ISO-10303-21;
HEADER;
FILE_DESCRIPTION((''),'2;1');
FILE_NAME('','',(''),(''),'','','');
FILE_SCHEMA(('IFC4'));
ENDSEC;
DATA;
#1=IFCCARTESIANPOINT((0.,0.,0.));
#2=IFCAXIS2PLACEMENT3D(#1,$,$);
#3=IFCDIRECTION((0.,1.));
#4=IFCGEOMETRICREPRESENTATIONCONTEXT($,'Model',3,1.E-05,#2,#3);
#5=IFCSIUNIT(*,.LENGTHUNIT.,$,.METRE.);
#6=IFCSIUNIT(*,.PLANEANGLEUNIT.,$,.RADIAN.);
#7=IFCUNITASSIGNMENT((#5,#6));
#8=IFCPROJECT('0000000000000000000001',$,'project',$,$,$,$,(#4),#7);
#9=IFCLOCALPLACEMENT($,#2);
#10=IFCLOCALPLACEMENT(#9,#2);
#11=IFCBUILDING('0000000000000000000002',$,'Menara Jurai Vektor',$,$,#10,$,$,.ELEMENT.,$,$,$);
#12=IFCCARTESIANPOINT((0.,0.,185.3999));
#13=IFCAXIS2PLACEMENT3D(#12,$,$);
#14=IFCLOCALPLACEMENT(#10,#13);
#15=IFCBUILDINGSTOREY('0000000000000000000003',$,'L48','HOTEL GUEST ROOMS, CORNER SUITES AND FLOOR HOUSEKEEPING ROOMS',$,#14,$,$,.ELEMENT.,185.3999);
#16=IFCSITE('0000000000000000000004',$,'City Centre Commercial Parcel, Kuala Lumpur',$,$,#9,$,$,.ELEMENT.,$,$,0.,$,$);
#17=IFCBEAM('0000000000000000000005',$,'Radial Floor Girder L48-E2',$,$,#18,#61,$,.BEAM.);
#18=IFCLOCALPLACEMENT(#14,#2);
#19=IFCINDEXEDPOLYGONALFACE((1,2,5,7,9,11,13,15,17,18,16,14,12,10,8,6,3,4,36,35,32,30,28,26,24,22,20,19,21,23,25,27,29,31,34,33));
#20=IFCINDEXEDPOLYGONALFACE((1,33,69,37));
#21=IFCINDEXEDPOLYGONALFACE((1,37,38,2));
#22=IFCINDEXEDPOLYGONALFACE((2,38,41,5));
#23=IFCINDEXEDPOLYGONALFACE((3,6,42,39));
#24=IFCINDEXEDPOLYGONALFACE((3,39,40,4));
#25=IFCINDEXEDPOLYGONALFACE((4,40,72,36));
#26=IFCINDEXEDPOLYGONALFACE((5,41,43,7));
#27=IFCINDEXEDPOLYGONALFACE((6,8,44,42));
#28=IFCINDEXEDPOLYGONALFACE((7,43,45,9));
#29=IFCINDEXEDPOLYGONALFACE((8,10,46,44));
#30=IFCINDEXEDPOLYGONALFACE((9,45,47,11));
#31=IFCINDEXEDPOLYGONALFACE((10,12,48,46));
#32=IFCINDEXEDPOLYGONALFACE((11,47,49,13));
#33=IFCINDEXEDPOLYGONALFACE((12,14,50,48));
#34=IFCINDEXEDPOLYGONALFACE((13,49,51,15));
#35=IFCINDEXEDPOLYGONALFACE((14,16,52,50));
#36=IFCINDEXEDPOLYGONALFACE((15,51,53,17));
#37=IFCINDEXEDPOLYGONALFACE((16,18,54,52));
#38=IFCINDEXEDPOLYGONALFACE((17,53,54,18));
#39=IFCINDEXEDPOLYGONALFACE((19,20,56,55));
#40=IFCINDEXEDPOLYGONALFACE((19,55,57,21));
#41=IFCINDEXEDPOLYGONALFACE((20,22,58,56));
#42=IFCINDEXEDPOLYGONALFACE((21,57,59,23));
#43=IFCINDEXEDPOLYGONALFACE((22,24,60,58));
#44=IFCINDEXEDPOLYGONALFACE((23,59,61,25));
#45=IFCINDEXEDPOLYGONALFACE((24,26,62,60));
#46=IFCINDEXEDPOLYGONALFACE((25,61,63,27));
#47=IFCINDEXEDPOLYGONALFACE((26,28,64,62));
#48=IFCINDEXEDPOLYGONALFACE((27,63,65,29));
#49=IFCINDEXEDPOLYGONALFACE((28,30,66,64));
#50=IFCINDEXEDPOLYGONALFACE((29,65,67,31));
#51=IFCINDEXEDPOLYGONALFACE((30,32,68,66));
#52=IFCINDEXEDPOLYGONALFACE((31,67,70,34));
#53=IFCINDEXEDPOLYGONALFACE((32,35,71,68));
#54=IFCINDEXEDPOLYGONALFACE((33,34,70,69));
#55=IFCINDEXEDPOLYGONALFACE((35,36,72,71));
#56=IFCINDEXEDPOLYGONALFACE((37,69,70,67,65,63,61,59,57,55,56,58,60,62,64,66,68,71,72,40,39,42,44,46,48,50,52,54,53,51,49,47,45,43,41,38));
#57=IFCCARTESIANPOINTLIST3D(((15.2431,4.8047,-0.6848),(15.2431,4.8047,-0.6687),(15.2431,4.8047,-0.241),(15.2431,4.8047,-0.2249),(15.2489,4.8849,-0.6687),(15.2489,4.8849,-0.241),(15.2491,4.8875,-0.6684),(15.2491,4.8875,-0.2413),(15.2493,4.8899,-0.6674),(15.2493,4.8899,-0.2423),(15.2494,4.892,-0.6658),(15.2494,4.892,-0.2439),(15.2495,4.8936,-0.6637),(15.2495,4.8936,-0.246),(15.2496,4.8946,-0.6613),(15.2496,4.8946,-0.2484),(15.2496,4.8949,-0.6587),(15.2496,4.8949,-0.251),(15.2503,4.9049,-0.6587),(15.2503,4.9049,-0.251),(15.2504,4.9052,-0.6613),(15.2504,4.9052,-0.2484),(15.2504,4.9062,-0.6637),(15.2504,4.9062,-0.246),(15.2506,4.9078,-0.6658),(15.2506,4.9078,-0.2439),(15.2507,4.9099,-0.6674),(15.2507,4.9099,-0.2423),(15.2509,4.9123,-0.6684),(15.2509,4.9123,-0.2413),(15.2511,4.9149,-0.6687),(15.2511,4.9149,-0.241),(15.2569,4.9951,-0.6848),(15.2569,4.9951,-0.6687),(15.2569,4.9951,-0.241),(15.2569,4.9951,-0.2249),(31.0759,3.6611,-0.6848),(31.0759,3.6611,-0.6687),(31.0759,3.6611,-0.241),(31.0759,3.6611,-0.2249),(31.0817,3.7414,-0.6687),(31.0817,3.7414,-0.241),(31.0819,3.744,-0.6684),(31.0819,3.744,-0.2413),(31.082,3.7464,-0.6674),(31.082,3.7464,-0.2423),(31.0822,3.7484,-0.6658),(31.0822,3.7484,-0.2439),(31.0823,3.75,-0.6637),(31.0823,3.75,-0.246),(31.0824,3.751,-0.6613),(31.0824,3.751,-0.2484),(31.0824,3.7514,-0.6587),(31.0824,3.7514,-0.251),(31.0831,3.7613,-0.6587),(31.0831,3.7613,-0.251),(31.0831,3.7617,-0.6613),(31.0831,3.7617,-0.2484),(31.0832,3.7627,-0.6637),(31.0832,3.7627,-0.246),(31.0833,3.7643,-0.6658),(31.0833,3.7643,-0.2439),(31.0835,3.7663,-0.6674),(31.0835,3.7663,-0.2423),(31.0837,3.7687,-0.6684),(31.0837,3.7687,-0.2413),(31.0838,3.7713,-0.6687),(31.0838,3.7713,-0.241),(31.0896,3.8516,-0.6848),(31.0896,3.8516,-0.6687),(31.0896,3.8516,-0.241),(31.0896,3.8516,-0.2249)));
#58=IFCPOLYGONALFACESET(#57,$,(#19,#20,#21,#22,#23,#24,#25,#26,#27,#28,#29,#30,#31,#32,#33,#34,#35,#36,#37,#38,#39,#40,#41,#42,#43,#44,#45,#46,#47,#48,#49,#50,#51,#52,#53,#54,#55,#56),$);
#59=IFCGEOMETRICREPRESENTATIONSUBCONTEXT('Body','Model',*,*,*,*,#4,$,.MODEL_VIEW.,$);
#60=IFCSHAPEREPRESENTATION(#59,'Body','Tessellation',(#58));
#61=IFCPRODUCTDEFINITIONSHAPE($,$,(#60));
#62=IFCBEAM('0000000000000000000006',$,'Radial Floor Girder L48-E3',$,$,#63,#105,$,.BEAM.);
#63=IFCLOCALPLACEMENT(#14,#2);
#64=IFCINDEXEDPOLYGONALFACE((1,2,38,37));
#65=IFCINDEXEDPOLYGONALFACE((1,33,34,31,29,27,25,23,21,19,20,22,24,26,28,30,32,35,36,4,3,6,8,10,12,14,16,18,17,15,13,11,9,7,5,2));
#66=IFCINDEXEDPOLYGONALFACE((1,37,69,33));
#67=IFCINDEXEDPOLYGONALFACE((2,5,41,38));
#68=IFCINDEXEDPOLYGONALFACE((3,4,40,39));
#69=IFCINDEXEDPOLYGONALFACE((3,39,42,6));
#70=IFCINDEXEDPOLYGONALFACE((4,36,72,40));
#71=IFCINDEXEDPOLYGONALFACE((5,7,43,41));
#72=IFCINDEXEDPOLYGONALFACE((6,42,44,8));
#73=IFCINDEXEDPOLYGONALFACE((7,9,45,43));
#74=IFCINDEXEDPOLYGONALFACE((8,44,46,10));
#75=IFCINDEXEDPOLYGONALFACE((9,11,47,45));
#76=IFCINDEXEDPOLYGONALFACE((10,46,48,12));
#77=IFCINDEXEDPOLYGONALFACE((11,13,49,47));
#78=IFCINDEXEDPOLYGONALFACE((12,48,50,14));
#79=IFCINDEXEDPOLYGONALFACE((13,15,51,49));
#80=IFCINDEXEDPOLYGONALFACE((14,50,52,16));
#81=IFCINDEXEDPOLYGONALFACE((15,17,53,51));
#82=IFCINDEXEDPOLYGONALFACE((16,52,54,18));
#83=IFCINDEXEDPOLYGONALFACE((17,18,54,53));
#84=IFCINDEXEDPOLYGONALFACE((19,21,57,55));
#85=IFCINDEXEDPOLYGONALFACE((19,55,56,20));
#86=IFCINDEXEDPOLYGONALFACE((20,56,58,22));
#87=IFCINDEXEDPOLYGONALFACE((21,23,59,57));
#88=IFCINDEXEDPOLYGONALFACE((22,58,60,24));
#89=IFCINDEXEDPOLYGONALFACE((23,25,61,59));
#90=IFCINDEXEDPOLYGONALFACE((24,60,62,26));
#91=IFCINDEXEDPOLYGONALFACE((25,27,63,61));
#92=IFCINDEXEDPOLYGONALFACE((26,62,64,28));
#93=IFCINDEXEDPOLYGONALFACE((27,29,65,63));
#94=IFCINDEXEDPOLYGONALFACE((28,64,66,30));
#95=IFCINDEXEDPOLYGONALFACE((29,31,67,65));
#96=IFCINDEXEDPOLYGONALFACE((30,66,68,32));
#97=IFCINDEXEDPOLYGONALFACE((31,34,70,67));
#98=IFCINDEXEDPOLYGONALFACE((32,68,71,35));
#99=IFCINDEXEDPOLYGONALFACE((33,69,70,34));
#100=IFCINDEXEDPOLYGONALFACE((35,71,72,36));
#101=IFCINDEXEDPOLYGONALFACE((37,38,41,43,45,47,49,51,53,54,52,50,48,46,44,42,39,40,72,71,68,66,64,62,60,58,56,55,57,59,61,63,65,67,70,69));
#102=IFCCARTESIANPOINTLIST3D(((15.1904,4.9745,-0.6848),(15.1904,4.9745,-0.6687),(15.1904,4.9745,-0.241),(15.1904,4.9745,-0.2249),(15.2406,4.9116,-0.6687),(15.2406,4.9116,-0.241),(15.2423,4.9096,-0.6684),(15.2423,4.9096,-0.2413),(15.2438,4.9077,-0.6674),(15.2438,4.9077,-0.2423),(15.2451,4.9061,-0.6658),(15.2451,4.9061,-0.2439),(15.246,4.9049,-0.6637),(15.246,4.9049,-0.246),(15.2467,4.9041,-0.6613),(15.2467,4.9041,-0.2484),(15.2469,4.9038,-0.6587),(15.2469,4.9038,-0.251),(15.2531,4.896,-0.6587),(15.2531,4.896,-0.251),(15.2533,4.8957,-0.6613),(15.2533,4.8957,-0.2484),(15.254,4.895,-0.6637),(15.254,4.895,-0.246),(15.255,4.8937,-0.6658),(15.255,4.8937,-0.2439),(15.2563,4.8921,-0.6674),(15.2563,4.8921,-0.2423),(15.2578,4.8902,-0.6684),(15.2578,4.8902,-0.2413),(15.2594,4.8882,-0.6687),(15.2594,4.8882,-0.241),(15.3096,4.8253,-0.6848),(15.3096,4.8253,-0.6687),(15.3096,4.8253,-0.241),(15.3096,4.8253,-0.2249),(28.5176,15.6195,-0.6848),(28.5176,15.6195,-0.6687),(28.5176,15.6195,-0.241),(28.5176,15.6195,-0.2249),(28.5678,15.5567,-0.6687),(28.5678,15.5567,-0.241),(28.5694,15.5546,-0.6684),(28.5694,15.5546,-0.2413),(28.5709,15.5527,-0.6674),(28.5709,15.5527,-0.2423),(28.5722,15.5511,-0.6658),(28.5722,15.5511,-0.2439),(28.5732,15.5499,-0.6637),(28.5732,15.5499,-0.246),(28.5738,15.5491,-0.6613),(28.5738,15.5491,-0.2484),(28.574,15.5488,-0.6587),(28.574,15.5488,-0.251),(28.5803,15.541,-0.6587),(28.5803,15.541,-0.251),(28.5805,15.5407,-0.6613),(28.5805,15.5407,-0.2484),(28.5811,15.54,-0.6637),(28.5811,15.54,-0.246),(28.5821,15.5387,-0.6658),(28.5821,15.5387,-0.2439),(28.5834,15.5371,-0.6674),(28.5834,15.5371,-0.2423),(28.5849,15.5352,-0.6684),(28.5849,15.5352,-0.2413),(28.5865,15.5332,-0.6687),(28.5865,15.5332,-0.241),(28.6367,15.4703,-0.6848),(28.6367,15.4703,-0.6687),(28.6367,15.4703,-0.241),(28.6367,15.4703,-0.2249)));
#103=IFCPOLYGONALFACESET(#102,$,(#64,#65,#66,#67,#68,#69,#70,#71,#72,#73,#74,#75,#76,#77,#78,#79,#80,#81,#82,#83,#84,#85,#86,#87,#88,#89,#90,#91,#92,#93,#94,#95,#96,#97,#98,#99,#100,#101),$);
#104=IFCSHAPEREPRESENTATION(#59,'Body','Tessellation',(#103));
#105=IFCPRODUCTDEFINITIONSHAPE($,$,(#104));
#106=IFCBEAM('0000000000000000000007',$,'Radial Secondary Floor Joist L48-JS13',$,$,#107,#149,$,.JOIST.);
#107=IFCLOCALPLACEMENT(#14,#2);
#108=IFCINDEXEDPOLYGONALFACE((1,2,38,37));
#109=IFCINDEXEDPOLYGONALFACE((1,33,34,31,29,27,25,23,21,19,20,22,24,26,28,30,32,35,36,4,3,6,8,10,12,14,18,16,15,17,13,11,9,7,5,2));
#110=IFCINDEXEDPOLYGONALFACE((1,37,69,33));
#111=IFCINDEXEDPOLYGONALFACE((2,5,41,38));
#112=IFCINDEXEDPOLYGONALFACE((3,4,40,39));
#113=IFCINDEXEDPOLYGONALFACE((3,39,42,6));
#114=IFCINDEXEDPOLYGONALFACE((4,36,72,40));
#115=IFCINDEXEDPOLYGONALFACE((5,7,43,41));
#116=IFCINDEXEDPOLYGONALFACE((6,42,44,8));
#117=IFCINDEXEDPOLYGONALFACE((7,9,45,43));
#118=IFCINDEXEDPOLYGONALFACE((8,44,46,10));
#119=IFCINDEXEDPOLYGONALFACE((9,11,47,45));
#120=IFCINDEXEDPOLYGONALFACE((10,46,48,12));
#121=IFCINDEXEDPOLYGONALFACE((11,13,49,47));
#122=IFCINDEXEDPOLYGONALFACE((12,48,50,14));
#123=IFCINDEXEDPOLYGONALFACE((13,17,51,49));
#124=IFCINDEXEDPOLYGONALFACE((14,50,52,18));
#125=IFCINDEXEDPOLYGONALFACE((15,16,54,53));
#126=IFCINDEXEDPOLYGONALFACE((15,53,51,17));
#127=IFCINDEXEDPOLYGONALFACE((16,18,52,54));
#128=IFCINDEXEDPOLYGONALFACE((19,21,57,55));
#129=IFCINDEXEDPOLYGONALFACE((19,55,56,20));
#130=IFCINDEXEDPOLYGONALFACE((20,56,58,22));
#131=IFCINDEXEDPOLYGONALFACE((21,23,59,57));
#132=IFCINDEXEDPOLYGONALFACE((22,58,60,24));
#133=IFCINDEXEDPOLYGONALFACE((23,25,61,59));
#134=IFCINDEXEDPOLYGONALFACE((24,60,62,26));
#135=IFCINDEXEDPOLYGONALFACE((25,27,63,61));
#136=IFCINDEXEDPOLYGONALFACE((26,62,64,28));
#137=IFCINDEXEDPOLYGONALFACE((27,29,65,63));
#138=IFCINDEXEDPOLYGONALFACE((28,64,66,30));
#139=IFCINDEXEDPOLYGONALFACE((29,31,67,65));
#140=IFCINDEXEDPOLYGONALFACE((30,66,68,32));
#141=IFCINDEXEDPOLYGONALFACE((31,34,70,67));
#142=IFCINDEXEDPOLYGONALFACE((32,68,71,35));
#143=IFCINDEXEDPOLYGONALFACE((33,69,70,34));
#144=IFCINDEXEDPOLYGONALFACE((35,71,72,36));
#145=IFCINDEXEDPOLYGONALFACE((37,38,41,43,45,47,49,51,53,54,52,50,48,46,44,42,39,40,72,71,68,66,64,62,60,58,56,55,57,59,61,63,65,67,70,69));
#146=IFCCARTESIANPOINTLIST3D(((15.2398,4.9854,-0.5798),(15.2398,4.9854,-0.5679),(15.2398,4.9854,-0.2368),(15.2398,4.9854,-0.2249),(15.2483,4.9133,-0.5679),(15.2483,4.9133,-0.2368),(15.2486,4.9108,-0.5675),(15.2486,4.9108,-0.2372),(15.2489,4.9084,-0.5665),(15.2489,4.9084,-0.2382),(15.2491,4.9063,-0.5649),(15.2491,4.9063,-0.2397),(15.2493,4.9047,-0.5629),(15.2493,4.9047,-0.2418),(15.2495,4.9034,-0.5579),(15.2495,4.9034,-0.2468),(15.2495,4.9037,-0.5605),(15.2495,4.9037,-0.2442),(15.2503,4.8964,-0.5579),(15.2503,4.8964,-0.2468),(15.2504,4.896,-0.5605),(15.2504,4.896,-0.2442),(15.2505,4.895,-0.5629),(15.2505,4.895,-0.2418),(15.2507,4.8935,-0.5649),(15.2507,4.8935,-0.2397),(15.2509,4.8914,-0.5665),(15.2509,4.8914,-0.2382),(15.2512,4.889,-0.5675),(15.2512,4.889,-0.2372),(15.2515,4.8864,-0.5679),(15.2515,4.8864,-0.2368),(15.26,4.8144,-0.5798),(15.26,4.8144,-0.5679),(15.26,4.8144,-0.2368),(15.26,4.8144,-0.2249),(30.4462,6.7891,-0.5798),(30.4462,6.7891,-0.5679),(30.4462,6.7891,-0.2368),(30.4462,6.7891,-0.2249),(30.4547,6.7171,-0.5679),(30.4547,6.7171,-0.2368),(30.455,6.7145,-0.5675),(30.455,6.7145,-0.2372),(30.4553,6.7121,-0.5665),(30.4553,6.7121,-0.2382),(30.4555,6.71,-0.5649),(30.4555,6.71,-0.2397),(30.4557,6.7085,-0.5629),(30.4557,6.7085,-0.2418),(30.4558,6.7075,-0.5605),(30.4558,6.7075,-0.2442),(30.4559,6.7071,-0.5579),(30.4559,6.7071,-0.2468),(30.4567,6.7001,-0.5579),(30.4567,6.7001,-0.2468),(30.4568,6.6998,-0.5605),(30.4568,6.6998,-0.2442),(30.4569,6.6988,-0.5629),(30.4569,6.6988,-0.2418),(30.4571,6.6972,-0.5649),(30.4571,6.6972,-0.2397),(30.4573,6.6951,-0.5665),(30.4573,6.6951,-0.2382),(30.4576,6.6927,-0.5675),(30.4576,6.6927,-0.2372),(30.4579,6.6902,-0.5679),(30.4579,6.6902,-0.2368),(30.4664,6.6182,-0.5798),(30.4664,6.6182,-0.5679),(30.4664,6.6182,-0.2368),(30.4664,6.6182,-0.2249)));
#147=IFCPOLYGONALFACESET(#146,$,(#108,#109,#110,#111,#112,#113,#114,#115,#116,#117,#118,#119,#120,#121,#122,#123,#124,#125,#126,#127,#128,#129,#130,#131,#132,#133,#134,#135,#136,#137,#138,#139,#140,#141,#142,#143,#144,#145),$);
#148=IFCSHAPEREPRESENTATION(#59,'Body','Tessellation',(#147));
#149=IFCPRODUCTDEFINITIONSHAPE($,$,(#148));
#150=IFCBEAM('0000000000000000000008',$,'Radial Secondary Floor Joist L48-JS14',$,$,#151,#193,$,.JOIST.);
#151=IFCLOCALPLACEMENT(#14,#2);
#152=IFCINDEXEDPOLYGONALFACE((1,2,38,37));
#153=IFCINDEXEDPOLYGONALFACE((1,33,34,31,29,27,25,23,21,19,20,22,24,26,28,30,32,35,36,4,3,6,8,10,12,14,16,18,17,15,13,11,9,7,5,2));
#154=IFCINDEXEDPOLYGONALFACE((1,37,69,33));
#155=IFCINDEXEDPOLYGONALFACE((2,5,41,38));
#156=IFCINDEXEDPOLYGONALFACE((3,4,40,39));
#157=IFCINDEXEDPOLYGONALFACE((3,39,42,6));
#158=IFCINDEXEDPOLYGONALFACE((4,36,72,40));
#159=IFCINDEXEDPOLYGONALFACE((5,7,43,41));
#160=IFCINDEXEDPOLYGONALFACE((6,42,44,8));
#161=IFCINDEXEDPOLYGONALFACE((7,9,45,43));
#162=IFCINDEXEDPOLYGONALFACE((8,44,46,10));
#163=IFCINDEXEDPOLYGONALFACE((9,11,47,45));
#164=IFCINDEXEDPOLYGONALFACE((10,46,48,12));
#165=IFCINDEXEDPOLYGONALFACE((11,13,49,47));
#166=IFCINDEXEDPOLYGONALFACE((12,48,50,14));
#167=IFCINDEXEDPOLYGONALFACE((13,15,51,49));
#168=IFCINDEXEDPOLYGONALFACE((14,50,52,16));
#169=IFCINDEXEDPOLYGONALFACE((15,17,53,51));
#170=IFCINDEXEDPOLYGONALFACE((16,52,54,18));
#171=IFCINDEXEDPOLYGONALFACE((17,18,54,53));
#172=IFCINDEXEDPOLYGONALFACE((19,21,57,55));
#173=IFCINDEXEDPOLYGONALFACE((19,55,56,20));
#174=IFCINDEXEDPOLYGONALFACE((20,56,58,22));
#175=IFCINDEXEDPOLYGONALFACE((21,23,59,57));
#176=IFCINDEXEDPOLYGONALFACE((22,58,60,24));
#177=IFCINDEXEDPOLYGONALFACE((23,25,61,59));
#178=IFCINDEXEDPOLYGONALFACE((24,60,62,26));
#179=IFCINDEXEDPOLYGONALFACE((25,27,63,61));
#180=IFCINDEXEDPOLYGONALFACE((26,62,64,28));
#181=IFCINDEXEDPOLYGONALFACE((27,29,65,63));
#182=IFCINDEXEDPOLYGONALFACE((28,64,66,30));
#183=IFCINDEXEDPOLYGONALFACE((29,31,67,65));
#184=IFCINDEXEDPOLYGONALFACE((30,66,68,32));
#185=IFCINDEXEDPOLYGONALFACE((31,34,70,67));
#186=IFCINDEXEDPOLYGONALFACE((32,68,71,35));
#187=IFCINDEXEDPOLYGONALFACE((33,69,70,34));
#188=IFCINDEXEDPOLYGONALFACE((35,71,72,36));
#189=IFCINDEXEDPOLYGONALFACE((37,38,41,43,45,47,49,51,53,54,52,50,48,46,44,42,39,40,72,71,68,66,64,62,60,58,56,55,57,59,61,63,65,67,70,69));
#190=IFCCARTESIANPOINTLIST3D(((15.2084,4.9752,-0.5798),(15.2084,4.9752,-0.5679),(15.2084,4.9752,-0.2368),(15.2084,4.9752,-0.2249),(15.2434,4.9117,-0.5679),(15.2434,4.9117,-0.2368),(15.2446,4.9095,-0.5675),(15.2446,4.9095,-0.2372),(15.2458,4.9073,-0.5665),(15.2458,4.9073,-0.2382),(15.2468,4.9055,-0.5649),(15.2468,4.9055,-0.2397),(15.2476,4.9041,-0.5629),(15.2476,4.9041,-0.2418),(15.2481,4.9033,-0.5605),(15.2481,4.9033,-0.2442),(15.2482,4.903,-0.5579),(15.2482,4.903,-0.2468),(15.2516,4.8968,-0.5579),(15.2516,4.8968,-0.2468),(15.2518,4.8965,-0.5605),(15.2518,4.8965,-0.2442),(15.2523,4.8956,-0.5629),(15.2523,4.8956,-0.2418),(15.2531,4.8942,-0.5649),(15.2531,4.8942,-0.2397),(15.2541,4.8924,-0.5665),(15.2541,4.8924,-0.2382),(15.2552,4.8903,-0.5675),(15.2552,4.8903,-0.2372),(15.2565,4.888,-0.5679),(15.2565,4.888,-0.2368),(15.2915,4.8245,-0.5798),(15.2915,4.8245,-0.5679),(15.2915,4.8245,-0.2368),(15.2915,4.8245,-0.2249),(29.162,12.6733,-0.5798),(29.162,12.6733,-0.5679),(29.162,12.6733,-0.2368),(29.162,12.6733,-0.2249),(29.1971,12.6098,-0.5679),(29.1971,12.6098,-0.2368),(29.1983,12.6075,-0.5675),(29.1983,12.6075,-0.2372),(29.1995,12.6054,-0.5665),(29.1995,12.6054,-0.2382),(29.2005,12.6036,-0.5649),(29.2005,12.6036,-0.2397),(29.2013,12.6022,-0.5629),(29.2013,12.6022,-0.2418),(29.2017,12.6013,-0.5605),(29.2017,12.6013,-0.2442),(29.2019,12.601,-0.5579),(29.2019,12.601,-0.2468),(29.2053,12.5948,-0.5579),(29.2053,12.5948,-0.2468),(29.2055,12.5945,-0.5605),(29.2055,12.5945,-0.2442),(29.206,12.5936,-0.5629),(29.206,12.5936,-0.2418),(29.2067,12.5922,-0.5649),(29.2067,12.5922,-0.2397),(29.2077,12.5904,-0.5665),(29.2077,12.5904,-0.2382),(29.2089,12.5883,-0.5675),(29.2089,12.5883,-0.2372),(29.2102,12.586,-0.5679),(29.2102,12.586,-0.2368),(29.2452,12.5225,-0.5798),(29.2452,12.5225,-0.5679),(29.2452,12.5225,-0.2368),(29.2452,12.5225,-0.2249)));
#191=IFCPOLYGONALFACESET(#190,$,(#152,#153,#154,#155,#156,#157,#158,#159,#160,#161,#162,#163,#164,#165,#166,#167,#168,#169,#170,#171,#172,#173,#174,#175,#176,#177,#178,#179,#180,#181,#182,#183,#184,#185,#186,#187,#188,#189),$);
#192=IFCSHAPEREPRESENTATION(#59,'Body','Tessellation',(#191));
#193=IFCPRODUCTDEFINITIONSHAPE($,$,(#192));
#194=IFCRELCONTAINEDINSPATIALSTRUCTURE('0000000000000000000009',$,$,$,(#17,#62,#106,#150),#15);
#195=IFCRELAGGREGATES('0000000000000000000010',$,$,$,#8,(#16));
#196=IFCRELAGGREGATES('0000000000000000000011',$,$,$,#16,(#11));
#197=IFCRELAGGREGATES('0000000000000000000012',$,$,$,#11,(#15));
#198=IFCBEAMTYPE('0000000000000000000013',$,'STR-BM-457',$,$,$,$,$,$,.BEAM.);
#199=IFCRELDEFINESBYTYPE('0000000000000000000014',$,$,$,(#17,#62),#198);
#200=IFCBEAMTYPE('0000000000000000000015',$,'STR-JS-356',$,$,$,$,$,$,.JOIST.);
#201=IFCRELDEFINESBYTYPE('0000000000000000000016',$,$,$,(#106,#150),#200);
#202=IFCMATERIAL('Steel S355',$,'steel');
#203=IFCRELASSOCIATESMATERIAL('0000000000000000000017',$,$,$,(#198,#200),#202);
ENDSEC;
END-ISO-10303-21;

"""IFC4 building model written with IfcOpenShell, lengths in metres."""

from ifc_helpers import new_model, si_unit, direction, frame, origin, origin_2d, place, context, subcontext, project, spatial, i_section, extrude, material, material_profile, profile_set, type_object, element, save


model = new_model("IFC4")

# Units and contexts
model_context = context("Model", 3, precision=1e-05, world=origin(), true_north=direction((0.0, 1.0)))
body_context = subcontext(model_context, "Body", "Model", "MODEL_VIEW")
ifc_project = project(units=[si_unit("LENGTHUNIT", "METRE"), si_unit("PLANEANGLEUNIT", "RADIAN")], contexts=[model_context])

# Site, building, storey
site_placement = place(None, origin())
site = spatial("IfcSite", under=ifc_project, at=site_placement, Name="City Centre Commercial Parcel, Kuala Lumpur", CompositionType="ELEMENT", RefElevation=0.0)
building_placement = place(site_placement, origin())
building = spatial("IfcBuilding", under=site, at=building_placement, Name="Menara Jurai Vektor", CompositionType="ELEMENT")
storey_placement = place(building_placement, frame((0.0, 0.0, 185.3999)))
storey = spatial("IfcBuildingStorey", under=building, at=storey_placement, Name="L48", Description="HOTEL GUEST ROOMS, CORNER SUITES AND FLOOR HOUSEKEEPING ROOMS", CompositionType="ELEMENT", Elevation=185.3999)

# Beams
ifc_material_1 = material(Name="Steel S355", Category="steel")
ifc_material_profile_1 = material_profile(ifc_material_1, i_section(OverallWidth=0.1909, OverallDepth=0.46, WebThickness=0.01, FlangeThickness=0.0161, FilletRadius=0.01, at=origin_2d()), Name="UKB 457x191x82")
ifc_profile_set_1 = profile_set([ifc_material_profile_1], Name="Steel S355")
beam_type_1 = type_object("IfcBeamType", Name="STR-BM-457", PredefinedType="BEAM", material=ifc_profile_set_1)
beam_1_placement = place(storey_placement, frame((31.0828, 3.7563, -0.4548), z_axis=(-0.997402, 0.072039, 0.0), x_axis=(-0.072039, -0.997402, 0.0)))
element("IfcBeam", 1, at=beam_1_placement, inside=storey, type_object=beam_type_1, Name="Radial Floor Girder L48-E2", PredefinedType="BEAM", context=body_context, shape_type="SweptSolid", body=[
    extrude(i_section(OverallWidth=0.1909, OverallDepth=0.46, WebThickness=0.01, FlangeThickness=0.0161, FilletRadius=0.01, at=origin_2d()), origin(), (0.0, 0.0, 1.0), 15.874),
])
beam_2_placement = place(storey_placement, frame((28.5771, 15.5449, -0.4548), z_axis=(-0.781346, -0.624098, 0.0), x_axis=(0.624098, -0.781346, 0.0)))
element("IfcBeam", 2, at=beam_2_placement, inside=storey, type_object=beam_type_1, Name="Radial Floor Girder L48-E3", PredefinedType="BEAM", context=body_context, shape_type="SweptSolid", body=[
    extrude(i_section(OverallWidth=0.1909, OverallDepth=0.46, WebThickness=0.01, FlangeThickness=0.0161, FilletRadius=0.01, at=origin_2d()), origin(), (0.0, 0.0, 1.0), 17.0566),
])
ifc_material_profile_2 = material_profile(ifc_material_1, i_section(OverallWidth=0.1721, OverallDepth=0.355, WebThickness=0.0071, FlangeThickness=0.012, FilletRadius=0.01, at=origin_2d()), Name="UKB 356x171x51")
ifc_profile_set_2 = profile_set([ifc_material_profile_2], Name="Steel S355")
beam_type_2 = type_object("IfcBeamType", Name="STR-JS-356", PredefinedType="JOIST", material=ifc_profile_set_2)
beam_3_placement = place(storey_placement, frame((30.4563, 6.7036, -0.4023), z_axis=(-0.993038, -0.11779, 0.0), x_axis=(0.11779, -0.993038, 0.0)))
element("IfcBeam", 3, at=beam_3_placement, inside=storey, type_object=beam_type_2, Name="Radial Secondary Floor Joist L48-JS13", PredefinedType="JOIST", context=body_context, shape_type="SweptSolid", body=[
    extrude(i_section(OverallWidth=0.1721, OverallDepth=0.355, WebThickness=0.0071, FlangeThickness=0.012, FilletRadius=0.01, at=origin_2d()), origin(), (0.0, 0.0, 1.0), 15.313),
])
beam_4_placement = place(storey_placement, frame((29.2036, 12.5979, -0.4023), z_axis=(-0.875592, -0.483051, 0.0), x_axis=(0.483051, -0.875592, 0.0)))
element("IfcBeam", 4, at=beam_4_placement, inside=storey, type_object=beam_type_2, Name="Radial Secondary Floor Joist L48-JS14", PredefinedType="JOIST", context=body_context, shape_type="SweptSolid", body=[
    extrude(i_section(OverallWidth=0.1721, OverallDepth=0.355, WebThickness=0.0071, FlangeThickness=0.012, FilletRadius=0.01, at=origin_2d()), origin(), (0.0, 0.0, 1.0), 15.9363),
])

save(model, "model.ifc")
